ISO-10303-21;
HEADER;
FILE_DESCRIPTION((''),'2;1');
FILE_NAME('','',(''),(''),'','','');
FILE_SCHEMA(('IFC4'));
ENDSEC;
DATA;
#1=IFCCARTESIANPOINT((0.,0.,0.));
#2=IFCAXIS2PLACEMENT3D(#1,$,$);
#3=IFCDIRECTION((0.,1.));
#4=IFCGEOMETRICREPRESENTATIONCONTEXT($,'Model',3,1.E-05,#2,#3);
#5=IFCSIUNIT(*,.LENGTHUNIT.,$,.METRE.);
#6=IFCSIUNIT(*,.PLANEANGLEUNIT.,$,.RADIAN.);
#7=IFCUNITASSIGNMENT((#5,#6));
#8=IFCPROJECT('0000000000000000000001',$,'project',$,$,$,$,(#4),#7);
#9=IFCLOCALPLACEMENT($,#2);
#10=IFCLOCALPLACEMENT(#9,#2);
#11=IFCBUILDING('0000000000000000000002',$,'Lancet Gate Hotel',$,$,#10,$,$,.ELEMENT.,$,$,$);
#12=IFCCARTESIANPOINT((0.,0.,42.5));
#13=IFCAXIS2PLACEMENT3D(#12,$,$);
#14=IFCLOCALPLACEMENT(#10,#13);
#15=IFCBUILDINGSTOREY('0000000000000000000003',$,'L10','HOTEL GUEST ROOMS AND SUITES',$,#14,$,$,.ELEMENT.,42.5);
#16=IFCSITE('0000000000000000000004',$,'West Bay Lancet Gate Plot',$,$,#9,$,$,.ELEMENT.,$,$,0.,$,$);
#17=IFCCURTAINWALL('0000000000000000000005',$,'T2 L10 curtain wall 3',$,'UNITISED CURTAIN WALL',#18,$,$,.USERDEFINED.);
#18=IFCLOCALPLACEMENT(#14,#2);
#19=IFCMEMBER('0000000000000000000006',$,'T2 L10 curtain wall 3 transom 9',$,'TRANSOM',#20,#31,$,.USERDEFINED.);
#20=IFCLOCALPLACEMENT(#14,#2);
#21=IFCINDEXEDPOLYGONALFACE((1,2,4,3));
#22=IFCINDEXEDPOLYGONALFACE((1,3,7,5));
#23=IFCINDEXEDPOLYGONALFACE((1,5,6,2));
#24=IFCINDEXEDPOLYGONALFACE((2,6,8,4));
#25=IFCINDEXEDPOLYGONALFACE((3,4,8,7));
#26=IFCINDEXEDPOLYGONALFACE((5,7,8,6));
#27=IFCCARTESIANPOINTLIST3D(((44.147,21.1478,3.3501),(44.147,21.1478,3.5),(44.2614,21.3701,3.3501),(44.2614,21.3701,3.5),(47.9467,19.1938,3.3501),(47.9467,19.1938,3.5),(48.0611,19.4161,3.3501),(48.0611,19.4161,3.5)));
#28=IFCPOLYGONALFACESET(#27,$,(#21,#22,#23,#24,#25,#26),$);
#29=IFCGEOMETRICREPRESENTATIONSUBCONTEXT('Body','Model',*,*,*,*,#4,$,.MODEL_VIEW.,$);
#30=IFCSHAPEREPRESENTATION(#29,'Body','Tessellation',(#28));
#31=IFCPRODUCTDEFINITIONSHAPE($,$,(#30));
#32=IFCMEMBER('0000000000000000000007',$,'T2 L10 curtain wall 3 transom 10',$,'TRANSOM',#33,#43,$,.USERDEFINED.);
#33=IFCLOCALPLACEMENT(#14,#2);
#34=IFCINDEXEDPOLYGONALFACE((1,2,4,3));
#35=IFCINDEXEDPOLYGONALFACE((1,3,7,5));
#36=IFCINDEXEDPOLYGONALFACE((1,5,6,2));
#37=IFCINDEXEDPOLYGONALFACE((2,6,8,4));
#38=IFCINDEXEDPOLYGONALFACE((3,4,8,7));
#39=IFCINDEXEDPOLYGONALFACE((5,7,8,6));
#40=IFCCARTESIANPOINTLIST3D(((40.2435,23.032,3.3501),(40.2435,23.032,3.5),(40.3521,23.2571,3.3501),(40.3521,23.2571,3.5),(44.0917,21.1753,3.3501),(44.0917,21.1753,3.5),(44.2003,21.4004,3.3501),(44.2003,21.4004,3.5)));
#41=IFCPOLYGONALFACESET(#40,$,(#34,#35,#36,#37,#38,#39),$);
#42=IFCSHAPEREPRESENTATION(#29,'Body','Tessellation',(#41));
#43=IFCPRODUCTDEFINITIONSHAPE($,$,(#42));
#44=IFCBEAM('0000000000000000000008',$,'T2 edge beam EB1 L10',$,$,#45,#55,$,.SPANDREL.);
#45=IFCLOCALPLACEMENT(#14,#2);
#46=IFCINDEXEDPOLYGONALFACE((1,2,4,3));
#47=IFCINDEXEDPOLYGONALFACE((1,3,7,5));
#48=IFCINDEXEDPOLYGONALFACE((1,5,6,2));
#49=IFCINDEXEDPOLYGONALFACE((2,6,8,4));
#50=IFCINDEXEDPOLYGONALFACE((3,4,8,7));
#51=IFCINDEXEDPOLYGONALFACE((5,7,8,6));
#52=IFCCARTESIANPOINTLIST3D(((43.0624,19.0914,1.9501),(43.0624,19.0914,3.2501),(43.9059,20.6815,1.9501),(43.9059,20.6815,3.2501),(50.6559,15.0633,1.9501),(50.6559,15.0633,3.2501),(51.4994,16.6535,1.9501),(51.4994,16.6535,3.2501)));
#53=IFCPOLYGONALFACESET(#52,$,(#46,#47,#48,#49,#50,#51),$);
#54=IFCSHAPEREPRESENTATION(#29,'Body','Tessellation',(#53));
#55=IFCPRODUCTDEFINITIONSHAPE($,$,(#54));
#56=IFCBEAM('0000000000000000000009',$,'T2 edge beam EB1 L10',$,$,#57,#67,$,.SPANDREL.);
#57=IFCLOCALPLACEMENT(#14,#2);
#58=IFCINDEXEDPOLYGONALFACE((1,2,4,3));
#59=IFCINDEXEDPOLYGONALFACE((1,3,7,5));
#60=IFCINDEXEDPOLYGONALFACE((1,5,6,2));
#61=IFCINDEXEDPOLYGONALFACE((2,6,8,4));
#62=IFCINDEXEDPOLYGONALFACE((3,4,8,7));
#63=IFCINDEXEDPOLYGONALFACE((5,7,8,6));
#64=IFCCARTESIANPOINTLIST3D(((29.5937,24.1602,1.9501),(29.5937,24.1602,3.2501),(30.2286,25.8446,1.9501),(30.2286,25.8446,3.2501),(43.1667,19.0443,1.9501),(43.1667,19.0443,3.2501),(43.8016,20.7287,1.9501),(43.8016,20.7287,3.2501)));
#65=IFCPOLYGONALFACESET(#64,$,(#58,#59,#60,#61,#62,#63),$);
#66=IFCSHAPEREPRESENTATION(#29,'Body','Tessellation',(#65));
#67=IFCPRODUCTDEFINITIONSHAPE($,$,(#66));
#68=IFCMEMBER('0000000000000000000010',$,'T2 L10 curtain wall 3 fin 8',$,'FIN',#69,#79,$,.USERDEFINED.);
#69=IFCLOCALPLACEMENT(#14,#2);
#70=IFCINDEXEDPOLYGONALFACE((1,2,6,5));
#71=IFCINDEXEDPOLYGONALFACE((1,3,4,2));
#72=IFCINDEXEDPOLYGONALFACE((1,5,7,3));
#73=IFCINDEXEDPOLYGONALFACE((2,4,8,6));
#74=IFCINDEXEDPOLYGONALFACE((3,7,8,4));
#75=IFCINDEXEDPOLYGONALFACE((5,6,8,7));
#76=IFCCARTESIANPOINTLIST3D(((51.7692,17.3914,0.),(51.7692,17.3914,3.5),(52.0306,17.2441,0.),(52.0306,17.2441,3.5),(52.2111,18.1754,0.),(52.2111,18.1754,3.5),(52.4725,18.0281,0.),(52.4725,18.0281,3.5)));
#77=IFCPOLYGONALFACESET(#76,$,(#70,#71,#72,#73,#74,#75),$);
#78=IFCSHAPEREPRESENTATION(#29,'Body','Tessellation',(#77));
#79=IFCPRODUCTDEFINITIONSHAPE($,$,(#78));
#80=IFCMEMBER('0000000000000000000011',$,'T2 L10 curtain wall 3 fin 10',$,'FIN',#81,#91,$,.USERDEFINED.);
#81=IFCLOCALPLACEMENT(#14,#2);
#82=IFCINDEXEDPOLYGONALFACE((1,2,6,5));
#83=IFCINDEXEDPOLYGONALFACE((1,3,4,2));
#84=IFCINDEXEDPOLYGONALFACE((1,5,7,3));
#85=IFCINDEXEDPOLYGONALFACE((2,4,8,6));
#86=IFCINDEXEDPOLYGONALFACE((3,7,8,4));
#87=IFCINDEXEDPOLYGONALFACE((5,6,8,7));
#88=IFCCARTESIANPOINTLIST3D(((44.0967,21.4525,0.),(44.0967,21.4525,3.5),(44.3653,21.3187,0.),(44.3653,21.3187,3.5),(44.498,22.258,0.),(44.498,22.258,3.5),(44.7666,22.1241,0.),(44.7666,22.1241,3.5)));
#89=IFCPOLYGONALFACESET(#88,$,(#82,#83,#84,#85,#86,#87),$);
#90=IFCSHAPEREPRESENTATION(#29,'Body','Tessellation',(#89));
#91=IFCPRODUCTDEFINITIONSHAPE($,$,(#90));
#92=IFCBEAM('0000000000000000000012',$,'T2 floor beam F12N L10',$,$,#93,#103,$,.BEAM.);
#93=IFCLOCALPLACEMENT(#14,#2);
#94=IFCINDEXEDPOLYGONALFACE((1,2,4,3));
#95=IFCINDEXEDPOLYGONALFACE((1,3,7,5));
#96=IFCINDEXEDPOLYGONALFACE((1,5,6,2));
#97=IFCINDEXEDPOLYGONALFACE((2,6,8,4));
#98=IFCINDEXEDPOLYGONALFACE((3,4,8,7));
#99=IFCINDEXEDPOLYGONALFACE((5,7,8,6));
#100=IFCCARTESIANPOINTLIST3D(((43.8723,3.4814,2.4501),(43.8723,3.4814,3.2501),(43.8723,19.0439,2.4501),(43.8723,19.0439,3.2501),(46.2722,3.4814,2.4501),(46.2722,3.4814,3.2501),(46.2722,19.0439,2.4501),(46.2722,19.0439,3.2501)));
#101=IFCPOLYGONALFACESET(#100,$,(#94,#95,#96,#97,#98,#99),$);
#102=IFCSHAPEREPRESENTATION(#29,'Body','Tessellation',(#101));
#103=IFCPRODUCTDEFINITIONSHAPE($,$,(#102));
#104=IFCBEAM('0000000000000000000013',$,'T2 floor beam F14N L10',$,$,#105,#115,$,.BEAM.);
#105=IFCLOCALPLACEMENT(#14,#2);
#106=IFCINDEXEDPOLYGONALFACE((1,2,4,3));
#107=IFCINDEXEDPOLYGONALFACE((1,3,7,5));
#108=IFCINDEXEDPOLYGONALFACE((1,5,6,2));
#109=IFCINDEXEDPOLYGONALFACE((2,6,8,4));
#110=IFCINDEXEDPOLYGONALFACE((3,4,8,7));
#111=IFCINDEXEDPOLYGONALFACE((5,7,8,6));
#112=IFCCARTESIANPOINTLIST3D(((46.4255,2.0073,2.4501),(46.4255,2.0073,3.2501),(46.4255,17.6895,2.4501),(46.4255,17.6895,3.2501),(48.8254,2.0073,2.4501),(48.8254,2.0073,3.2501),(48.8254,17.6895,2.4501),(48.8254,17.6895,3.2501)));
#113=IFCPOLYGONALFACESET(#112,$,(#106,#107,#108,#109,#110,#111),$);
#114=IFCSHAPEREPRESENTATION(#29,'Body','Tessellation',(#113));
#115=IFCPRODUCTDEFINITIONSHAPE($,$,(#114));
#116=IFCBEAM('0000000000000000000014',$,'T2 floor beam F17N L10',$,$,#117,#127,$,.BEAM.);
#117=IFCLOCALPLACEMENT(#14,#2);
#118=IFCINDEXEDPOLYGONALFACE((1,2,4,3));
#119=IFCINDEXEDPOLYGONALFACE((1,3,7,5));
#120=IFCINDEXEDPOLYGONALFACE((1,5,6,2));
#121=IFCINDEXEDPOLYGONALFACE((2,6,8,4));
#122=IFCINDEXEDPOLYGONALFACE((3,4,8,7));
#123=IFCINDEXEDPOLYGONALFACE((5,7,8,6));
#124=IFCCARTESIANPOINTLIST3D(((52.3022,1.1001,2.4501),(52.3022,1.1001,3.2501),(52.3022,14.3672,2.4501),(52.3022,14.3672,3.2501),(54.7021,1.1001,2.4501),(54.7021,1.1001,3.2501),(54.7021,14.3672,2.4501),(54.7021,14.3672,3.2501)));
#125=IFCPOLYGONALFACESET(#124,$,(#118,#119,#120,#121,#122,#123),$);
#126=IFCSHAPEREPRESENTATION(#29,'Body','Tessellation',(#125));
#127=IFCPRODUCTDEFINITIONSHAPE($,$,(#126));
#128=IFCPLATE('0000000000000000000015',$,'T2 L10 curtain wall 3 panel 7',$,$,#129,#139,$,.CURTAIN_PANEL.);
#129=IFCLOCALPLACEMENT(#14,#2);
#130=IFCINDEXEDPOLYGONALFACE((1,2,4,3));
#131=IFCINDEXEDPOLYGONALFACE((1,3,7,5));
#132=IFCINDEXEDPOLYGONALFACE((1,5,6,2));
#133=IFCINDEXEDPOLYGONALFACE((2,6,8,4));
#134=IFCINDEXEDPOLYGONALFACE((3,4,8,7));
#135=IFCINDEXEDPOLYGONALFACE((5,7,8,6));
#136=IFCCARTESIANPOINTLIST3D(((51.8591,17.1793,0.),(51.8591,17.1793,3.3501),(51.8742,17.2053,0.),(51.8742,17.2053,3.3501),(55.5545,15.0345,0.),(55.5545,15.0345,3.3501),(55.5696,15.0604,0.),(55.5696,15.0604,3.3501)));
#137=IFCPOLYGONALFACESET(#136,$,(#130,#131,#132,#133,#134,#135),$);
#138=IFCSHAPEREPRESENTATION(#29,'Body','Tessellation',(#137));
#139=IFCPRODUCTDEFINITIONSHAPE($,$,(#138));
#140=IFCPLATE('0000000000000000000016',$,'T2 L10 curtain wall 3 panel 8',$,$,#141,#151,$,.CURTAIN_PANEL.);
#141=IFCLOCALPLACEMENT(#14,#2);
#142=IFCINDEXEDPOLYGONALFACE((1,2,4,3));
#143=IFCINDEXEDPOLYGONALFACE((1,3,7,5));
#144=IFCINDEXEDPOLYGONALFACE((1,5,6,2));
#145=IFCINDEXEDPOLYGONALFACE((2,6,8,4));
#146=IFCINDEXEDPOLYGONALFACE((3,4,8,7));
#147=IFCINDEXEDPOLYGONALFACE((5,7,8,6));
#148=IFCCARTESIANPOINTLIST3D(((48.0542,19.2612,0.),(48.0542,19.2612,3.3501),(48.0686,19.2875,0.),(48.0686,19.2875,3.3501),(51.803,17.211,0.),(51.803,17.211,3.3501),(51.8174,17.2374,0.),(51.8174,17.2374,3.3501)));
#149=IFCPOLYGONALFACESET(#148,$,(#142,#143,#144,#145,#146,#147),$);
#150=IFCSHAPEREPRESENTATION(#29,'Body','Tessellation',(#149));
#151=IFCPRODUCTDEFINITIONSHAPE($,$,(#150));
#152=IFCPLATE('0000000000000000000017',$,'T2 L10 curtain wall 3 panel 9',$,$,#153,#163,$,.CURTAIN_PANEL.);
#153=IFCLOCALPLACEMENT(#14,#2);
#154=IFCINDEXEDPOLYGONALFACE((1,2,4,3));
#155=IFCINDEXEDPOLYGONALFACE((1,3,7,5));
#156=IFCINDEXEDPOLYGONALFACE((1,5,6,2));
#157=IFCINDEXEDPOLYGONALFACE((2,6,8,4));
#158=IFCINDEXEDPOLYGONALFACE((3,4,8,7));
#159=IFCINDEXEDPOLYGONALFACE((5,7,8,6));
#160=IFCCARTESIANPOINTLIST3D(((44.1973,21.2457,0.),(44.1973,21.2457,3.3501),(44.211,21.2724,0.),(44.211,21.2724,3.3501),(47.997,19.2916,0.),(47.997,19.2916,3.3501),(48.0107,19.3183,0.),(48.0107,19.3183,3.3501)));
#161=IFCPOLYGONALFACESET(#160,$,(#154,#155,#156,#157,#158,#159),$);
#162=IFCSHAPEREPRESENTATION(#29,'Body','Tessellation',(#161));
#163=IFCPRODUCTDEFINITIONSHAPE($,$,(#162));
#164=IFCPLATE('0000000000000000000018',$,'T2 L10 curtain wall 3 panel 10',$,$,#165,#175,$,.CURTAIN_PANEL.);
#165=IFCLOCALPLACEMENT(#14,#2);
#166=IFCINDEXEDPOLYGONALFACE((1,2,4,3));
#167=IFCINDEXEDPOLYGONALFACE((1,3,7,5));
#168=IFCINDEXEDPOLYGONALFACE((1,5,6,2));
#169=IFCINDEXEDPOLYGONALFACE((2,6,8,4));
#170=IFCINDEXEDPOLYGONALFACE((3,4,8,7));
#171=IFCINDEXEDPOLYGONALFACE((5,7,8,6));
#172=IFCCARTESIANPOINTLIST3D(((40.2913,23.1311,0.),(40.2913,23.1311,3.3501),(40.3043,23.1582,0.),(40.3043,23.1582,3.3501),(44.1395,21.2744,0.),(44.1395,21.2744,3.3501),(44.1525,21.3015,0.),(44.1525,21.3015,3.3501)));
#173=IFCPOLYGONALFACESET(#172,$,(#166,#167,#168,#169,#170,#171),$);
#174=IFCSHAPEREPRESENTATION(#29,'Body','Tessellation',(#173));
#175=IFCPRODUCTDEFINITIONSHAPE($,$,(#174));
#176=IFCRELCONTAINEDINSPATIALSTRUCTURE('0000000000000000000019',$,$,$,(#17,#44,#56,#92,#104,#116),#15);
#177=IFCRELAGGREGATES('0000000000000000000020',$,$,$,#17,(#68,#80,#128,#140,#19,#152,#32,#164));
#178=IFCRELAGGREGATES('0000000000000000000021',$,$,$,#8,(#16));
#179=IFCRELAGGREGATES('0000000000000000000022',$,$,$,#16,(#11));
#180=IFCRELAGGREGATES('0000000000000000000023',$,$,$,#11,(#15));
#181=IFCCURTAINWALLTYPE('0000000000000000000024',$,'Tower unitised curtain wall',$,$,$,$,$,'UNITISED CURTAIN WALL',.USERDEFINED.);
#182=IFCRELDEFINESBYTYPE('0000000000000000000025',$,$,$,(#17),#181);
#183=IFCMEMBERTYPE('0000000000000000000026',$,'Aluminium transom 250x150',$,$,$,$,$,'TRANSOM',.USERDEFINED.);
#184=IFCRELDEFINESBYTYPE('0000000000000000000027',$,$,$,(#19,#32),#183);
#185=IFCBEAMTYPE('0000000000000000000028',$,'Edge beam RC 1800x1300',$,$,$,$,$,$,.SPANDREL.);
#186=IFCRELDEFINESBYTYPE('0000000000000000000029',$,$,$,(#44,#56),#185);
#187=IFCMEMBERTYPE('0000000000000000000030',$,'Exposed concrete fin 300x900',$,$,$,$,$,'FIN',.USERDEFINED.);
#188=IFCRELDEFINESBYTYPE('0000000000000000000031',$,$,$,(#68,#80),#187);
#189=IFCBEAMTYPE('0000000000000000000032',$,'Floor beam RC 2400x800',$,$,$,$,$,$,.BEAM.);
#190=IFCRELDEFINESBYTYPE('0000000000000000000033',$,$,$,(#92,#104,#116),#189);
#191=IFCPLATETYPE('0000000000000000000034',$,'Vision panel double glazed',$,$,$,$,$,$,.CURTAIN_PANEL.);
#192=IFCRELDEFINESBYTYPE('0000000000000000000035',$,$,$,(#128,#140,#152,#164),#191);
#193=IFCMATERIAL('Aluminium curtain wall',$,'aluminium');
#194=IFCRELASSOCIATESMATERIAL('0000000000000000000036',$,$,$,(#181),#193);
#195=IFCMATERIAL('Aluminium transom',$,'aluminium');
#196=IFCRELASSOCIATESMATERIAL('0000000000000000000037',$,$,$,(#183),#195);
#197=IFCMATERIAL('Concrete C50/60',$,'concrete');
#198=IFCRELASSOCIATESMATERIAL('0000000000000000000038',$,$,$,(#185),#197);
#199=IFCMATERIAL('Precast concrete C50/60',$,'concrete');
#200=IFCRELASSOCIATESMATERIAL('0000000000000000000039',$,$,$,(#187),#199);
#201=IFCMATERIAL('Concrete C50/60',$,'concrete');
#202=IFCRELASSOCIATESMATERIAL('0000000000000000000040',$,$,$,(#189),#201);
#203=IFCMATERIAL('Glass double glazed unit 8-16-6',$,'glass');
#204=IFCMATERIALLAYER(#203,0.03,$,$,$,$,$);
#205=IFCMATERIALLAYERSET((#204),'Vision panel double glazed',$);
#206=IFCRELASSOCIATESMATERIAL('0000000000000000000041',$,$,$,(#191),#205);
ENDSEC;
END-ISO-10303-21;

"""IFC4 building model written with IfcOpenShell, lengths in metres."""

from ifc_helpers import new_model, si_unit, direction, frame, origin, origin_2d, place, context, subcontext, project, spatial, rectangle, extrude, material, layer, layer_set, material_profile, profile_set, type_object, element, aggregate, save


model = new_model("IFC4")

# Units and contexts
model_context = context("Model", 3, precision=1e-05, world=origin(), true_north=direction((0.0, 1.0)))
body_context = subcontext(model_context, "Body", "Model", "MODEL_VIEW")
ifc_project = project(units=[si_unit("LENGTHUNIT", "METRE"), si_unit("PLANEANGLEUNIT", "RADIAN")], contexts=[model_context])

# Site, building, storey
site_placement = place(None, origin())
site = spatial("IfcSite", under=ifc_project, at=site_placement, Name="West Bay Lancet Gate Plot", CompositionType="ELEMENT", RefElevation=0.0)
building_placement = place(site_placement, origin())
building = spatial("IfcBuilding", under=site, at=building_placement, Name="Lancet Gate Hotel", CompositionType="ELEMENT")
storey_placement = place(building_placement, frame((0.0, 0.0, 42.5)))
storey = spatial("IfcBuildingStorey", under=building, at=storey_placement, Name="L10", Description="HOTEL GUEST ROOMS AND SUITES", CompositionType="ELEMENT", Elevation=42.5)

# Curtain wall, members
ifc_material_1 = material(Name="Aluminium curtain wall", Category="aluminium")
curtain_wall_type = type_object("IfcCurtainWallType", Name="Tower unitised curtain wall", ElementType="UNITISED CURTAIN WALL", PredefinedType="USERDEFINED", material=ifc_material_1)
curtain_wall_placement = place(storey_placement, origin())
curtain_wall = element("IfcCurtainWall", 1, at=curtain_wall_placement, inside=storey, type_object=curtain_wall_type, Name="T2 L10 curtain wall 3", ObjectType="UNITISED CURTAIN WALL", PredefinedType="USERDEFINED")
ifc_material_2 = material(Name="Aluminium transom", Category="aluminium")
ifc_material_profile_1 = material_profile(ifc_material_2, rectangle(XDim=0.25, YDim=0.1499, at=origin_2d()), Name="TRANSOM 250x150")
ifc_profile_set_1 = profile_set([ifc_material_profile_1], Name="Aluminium transom")
member_type_1 = type_object("IfcMemberType", Name="Aluminium transom 250x150", ElementType="TRANSOM", PredefinedType="USERDEFINED", material=ifc_profile_set_1)
member_1_placement = place(storey_placement, frame((48.0039, 19.3049, 3.425), z_axis=(-0.889296, 0.457333, 0.0), x_axis=(-0.457333, -0.889296, 0.0)))
member_1 = element("IfcMember", 2, at=member_1_placement, type_object=member_type_1, Name="T2 L10 curtain wall 3 transom 9", ObjectType="TRANSOM", PredefinedType="USERDEFINED", context=body_context, shape_type="SweptSolid", body=[
    extrude(rectangle(XDim=0.25, YDim=0.1499, at=origin_2d()), origin(), (0.0, 0.0, 1.0), 4.2727),
])
member_2_placement = place(storey_placement, frame((44.146, 21.2878, 3.425), z_axis=(-0.900646, 0.434553, 0.0), x_axis=(-0.434553, -0.900646, 0.0)))
member_2 = element("IfcMember", 3, at=member_2_placement, type_object=member_type_1, Name="T2 L10 curtain wall 3 transom 10", ObjectType="TRANSOM", PredefinedType="USERDEFINED", context=body_context, shape_type="SweptSolid", body=[
    extrude(rectangle(XDim=0.25, YDim=0.1499, at=origin_2d()), origin(), (0.0, 0.0, 1.0), 4.2727),
])

# Beams
ifc_material_3 = material(Name="Concrete C50/60", Category="concrete")
ifc_material_profile_2 = material_profile(ifc_material_3, rectangle(XDim=1.8, YDim=1.3, at=origin_2d()), Name="RC 1800x1300")
ifc_profile_set_2 = profile_set([ifc_material_profile_2], Name="Concrete C50/60")
beam_type_1 = type_object("IfcBeamType", Name="Edge beam RC 1800x1300", PredefinedType="SPANDREL", material=ifc_profile_set_2)
beam_1_placement = place(storey_placement, frame((51.0776, 15.8584, 2.6001), z_axis=(-0.883403, 0.468613, 0.0), x_axis=(-0.468613, -0.883403, 0.0)))
element("IfcBeam", 4, at=beam_1_placement, inside=storey, type_object=beam_type_1, Name="T2 edge beam EB1 L10", PredefinedType="SPANDREL", context=body_context, shape_type="SweptSolid", body=[
    extrude(rectangle(XDim=1.8, YDim=1.3, at=origin_2d()), origin(), (0.0, 0.0, 1.0), 8.5957),
])
beam_2_placement = place(storey_placement, frame((43.4841, 19.8865, 2.6001), z_axis=(-0.935736, 0.3527, 0.0), x_axis=(-0.3527, -0.935736, 0.0)))
element("IfcBeam", 5, at=beam_2_placement, inside=storey, type_object=beam_type_1, Name="T2 edge beam EB1 L10", PredefinedType="SPANDREL", context=body_context, shape_type="SweptSolid", body=[
    extrude(rectangle(XDim=1.8, YDim=1.3, at=origin_2d()), origin(), (0.0, 0.0, 1.0), 14.5051),
])

# Members
ifc_material_4 = material(Name="Precast concrete C50/60", Category="concrete")
ifc_material_profile_3 = material_profile(ifc_material_4, rectangle(XDim=0.3, YDim=0.8999, at=origin_2d()), Name="FIN 300x900")
ifc_profile_set_3 = profile_set([ifc_material_profile_3], Name="Precast concrete C50/60")
member_type_2 = type_object("IfcMemberType", Name="Exposed concrete fin 300x900", ElementType="FIN", PredefinedType="USERDEFINED", material=ifc_profile_set_3)
member_3_placement = place(storey_placement, frame((52.1208, 17.7097, 0.0), z_axis=(0.0, 0.0, 1.0), x_axis=(-0.87119, 0.490945, 0.0)))
member_3 = element("IfcMember", 6, at=member_3_placement, type_object=member_type_2, Name="T2 L10 curtain wall 3 fin 8", ObjectType="FIN", PredefinedType="USERDEFINED", context=body_context, shape_type="SweptSolid", body=[
    extrude(rectangle(XDim=0.3, YDim=0.8999, at=origin_2d()), origin(), (0.0, 0.0, 1.0), 3.5),
])
member_4_placement = place(storey_placement, frame((44.4316, 21.7883, 0.0), z_axis=(0.0, 0.0, 1.0), x_axis=(-0.895044, 0.445978, 0.0)))
member_4 = element("IfcMember", 7, at=member_4_placement, type_object=member_type_2, Name="T2 L10 curtain wall 3 fin 10", ObjectType="FIN", PredefinedType="USERDEFINED", context=body_context, shape_type="SweptSolid", body=[
    extrude(rectangle(XDim=0.3, YDim=0.8999, at=origin_2d()), origin(), (0.0, 0.0, 1.0), 3.5),
])

# Beams
ifc_material_5 = material(Name="Concrete C50/60", Category="concrete")
ifc_material_profile_4 = material_profile(ifc_material_5, rectangle(XDim=2.3999, YDim=0.8, at=origin_2d()), Name="RC 2400x800")
ifc_profile_set_4 = profile_set([ifc_material_profile_4], Name="Concrete C50/60")
beam_type_2 = type_object("IfcBeamType", Name="Floor beam RC 2400x800", PredefinedType="BEAM", material=ifc_profile_set_4)
beam_3_placement = place(storey_placement, frame((45.0723, 3.4814, 2.8501), z_axis=(0.0, 1.0, 0.0), x_axis=(-1.0, 0.0, 0.0)))
element("IfcBeam", 8, at=beam_3_placement, inside=storey, type_object=beam_type_2, Name="T2 floor beam F12N L10", PredefinedType="BEAM", context=body_context, shape_type="SweptSolid", body=[
    extrude(rectangle(XDim=2.3999, YDim=0.8, at=origin_2d()), origin(), (0.0, 0.0, 1.0), 15.5625),
])
beam_4_placement = place(storey_placement, frame((47.6255, 2.0073, 2.8501), z_axis=(0.0, 1.0, 0.0), x_axis=(-1.0, 0.0, 0.0)))
element("IfcBeam", 9, at=beam_4_placement, inside=storey, type_object=beam_type_2, Name="T2 floor beam F14N L10", PredefinedType="BEAM", context=body_context, shape_type="SweptSolid", body=[
    extrude(rectangle(XDim=2.3999, YDim=0.8, at=origin_2d()), origin(), (0.0, 0.0, 1.0), 15.6821),
])
beam_5_placement = place(storey_placement, frame((53.5022, 1.1001, 2.8501), z_axis=(0.0, 1.0, 0.0), x_axis=(-1.0, 0.0, 0.0)))
element("IfcBeam", 10, at=beam_5_placement, inside=storey, type_object=beam_type_2, Name="T2 floor beam F17N L10", PredefinedType="BEAM", context=body_context, shape_type="SweptSolid", body=[
    extrude(rectangle(XDim=2.3999, YDim=0.8, at=origin_2d()), origin(), (0.0, 0.0, 1.0), 13.2671),
])

# Plates
ifc_material_6 = material(Name="Glass double glazed unit 8-16-6", Category="glass")
ifc_layer_1 = layer(ifc_material_6, 0.03)
ifc_layer_set_1 = layer_set([ifc_layer_1], Name="Vision panel double glazed")
plate_type = type_object("IfcPlateType", Name="Vision panel double glazed", PredefinedType="CURTAIN_PANEL", material=ifc_layer_set_1)
plate_1_placement = place(storey_placement, frame((53.7144, 16.1199, 0.0), z_axis=(0.0, 0.0, 1.0), x_axis=(-0.864872, 0.501993, 0.0)))
plate_1 = element("IfcPlate", 11, at=plate_1_placement, type_object=plate_type, Name="T2 L10 curtain wall 3 panel 7", PredefinedType="CURTAIN_PANEL", context=body_context, shape_type="SweptSolid", body=[
    extrude(rectangle(XDim=4.2727, YDim=0.03, at=origin_2d()), origin(), (0.0, 0.0, 1.0), 3.3501),
])
plate_2_placement = place(storey_placement, frame((49.9358, 18.2493, 0.0), z_axis=(0.0, 0.0, 1.0), x_axis=(-0.877368, 0.479818, 0.0)))
plate_2 = element("IfcPlate", 12, at=plate_2_placement, type_object=plate_type, Name="T2 L10 curtain wall 3 panel 8", PredefinedType="CURTAIN_PANEL", context=body_context, shape_type="SweptSolid", body=[
    extrude(rectangle(XDim=4.2727, YDim=0.03, at=origin_2d()), origin(), (0.0, 0.0, 1.0), 3.3501),
])
plate_3_placement = place(storey_placement, frame((46.104, 20.282, 0.0), z_axis=(0.0, 0.0, 1.0), x_axis=(-0.889296, 0.457332, 0.0)))
plate_3 = element("IfcPlate", 13, at=plate_3_placement, type_object=plate_type, Name="T2 L10 curtain wall 3 panel 9", PredefinedType="CURTAIN_PANEL", context=body_context, shape_type="SweptSolid", body=[
    extrude(rectangle(XDim=4.2727, YDim=0.03, at=origin_2d()), origin(), (0.0, 0.0, 1.0), 3.3501),
])
plate_4_placement = place(storey_placement, frame((42.2219, 22.2163, 0.0), z_axis=(0.0, 0.0, 1.0), x_axis=(-0.900647, 0.43455, 0.0)))
plate_4 = element("IfcPlate", 14, at=plate_4_placement, type_object=plate_type, Name="T2 L10 curtain wall 3 panel 10", PredefinedType="CURTAIN_PANEL", context=body_context, shape_type="SweptSolid", body=[
    extrude(rectangle(XDim=4.2727, YDim=0.03, at=origin_2d()), origin(), (0.0, 0.0, 1.0), 3.3501),
])
aggregate(curtain_wall, [member_3, member_4, plate_1, plate_2, member_1, plate_3, member_2, plate_4])

save(model, "model.ifc")
